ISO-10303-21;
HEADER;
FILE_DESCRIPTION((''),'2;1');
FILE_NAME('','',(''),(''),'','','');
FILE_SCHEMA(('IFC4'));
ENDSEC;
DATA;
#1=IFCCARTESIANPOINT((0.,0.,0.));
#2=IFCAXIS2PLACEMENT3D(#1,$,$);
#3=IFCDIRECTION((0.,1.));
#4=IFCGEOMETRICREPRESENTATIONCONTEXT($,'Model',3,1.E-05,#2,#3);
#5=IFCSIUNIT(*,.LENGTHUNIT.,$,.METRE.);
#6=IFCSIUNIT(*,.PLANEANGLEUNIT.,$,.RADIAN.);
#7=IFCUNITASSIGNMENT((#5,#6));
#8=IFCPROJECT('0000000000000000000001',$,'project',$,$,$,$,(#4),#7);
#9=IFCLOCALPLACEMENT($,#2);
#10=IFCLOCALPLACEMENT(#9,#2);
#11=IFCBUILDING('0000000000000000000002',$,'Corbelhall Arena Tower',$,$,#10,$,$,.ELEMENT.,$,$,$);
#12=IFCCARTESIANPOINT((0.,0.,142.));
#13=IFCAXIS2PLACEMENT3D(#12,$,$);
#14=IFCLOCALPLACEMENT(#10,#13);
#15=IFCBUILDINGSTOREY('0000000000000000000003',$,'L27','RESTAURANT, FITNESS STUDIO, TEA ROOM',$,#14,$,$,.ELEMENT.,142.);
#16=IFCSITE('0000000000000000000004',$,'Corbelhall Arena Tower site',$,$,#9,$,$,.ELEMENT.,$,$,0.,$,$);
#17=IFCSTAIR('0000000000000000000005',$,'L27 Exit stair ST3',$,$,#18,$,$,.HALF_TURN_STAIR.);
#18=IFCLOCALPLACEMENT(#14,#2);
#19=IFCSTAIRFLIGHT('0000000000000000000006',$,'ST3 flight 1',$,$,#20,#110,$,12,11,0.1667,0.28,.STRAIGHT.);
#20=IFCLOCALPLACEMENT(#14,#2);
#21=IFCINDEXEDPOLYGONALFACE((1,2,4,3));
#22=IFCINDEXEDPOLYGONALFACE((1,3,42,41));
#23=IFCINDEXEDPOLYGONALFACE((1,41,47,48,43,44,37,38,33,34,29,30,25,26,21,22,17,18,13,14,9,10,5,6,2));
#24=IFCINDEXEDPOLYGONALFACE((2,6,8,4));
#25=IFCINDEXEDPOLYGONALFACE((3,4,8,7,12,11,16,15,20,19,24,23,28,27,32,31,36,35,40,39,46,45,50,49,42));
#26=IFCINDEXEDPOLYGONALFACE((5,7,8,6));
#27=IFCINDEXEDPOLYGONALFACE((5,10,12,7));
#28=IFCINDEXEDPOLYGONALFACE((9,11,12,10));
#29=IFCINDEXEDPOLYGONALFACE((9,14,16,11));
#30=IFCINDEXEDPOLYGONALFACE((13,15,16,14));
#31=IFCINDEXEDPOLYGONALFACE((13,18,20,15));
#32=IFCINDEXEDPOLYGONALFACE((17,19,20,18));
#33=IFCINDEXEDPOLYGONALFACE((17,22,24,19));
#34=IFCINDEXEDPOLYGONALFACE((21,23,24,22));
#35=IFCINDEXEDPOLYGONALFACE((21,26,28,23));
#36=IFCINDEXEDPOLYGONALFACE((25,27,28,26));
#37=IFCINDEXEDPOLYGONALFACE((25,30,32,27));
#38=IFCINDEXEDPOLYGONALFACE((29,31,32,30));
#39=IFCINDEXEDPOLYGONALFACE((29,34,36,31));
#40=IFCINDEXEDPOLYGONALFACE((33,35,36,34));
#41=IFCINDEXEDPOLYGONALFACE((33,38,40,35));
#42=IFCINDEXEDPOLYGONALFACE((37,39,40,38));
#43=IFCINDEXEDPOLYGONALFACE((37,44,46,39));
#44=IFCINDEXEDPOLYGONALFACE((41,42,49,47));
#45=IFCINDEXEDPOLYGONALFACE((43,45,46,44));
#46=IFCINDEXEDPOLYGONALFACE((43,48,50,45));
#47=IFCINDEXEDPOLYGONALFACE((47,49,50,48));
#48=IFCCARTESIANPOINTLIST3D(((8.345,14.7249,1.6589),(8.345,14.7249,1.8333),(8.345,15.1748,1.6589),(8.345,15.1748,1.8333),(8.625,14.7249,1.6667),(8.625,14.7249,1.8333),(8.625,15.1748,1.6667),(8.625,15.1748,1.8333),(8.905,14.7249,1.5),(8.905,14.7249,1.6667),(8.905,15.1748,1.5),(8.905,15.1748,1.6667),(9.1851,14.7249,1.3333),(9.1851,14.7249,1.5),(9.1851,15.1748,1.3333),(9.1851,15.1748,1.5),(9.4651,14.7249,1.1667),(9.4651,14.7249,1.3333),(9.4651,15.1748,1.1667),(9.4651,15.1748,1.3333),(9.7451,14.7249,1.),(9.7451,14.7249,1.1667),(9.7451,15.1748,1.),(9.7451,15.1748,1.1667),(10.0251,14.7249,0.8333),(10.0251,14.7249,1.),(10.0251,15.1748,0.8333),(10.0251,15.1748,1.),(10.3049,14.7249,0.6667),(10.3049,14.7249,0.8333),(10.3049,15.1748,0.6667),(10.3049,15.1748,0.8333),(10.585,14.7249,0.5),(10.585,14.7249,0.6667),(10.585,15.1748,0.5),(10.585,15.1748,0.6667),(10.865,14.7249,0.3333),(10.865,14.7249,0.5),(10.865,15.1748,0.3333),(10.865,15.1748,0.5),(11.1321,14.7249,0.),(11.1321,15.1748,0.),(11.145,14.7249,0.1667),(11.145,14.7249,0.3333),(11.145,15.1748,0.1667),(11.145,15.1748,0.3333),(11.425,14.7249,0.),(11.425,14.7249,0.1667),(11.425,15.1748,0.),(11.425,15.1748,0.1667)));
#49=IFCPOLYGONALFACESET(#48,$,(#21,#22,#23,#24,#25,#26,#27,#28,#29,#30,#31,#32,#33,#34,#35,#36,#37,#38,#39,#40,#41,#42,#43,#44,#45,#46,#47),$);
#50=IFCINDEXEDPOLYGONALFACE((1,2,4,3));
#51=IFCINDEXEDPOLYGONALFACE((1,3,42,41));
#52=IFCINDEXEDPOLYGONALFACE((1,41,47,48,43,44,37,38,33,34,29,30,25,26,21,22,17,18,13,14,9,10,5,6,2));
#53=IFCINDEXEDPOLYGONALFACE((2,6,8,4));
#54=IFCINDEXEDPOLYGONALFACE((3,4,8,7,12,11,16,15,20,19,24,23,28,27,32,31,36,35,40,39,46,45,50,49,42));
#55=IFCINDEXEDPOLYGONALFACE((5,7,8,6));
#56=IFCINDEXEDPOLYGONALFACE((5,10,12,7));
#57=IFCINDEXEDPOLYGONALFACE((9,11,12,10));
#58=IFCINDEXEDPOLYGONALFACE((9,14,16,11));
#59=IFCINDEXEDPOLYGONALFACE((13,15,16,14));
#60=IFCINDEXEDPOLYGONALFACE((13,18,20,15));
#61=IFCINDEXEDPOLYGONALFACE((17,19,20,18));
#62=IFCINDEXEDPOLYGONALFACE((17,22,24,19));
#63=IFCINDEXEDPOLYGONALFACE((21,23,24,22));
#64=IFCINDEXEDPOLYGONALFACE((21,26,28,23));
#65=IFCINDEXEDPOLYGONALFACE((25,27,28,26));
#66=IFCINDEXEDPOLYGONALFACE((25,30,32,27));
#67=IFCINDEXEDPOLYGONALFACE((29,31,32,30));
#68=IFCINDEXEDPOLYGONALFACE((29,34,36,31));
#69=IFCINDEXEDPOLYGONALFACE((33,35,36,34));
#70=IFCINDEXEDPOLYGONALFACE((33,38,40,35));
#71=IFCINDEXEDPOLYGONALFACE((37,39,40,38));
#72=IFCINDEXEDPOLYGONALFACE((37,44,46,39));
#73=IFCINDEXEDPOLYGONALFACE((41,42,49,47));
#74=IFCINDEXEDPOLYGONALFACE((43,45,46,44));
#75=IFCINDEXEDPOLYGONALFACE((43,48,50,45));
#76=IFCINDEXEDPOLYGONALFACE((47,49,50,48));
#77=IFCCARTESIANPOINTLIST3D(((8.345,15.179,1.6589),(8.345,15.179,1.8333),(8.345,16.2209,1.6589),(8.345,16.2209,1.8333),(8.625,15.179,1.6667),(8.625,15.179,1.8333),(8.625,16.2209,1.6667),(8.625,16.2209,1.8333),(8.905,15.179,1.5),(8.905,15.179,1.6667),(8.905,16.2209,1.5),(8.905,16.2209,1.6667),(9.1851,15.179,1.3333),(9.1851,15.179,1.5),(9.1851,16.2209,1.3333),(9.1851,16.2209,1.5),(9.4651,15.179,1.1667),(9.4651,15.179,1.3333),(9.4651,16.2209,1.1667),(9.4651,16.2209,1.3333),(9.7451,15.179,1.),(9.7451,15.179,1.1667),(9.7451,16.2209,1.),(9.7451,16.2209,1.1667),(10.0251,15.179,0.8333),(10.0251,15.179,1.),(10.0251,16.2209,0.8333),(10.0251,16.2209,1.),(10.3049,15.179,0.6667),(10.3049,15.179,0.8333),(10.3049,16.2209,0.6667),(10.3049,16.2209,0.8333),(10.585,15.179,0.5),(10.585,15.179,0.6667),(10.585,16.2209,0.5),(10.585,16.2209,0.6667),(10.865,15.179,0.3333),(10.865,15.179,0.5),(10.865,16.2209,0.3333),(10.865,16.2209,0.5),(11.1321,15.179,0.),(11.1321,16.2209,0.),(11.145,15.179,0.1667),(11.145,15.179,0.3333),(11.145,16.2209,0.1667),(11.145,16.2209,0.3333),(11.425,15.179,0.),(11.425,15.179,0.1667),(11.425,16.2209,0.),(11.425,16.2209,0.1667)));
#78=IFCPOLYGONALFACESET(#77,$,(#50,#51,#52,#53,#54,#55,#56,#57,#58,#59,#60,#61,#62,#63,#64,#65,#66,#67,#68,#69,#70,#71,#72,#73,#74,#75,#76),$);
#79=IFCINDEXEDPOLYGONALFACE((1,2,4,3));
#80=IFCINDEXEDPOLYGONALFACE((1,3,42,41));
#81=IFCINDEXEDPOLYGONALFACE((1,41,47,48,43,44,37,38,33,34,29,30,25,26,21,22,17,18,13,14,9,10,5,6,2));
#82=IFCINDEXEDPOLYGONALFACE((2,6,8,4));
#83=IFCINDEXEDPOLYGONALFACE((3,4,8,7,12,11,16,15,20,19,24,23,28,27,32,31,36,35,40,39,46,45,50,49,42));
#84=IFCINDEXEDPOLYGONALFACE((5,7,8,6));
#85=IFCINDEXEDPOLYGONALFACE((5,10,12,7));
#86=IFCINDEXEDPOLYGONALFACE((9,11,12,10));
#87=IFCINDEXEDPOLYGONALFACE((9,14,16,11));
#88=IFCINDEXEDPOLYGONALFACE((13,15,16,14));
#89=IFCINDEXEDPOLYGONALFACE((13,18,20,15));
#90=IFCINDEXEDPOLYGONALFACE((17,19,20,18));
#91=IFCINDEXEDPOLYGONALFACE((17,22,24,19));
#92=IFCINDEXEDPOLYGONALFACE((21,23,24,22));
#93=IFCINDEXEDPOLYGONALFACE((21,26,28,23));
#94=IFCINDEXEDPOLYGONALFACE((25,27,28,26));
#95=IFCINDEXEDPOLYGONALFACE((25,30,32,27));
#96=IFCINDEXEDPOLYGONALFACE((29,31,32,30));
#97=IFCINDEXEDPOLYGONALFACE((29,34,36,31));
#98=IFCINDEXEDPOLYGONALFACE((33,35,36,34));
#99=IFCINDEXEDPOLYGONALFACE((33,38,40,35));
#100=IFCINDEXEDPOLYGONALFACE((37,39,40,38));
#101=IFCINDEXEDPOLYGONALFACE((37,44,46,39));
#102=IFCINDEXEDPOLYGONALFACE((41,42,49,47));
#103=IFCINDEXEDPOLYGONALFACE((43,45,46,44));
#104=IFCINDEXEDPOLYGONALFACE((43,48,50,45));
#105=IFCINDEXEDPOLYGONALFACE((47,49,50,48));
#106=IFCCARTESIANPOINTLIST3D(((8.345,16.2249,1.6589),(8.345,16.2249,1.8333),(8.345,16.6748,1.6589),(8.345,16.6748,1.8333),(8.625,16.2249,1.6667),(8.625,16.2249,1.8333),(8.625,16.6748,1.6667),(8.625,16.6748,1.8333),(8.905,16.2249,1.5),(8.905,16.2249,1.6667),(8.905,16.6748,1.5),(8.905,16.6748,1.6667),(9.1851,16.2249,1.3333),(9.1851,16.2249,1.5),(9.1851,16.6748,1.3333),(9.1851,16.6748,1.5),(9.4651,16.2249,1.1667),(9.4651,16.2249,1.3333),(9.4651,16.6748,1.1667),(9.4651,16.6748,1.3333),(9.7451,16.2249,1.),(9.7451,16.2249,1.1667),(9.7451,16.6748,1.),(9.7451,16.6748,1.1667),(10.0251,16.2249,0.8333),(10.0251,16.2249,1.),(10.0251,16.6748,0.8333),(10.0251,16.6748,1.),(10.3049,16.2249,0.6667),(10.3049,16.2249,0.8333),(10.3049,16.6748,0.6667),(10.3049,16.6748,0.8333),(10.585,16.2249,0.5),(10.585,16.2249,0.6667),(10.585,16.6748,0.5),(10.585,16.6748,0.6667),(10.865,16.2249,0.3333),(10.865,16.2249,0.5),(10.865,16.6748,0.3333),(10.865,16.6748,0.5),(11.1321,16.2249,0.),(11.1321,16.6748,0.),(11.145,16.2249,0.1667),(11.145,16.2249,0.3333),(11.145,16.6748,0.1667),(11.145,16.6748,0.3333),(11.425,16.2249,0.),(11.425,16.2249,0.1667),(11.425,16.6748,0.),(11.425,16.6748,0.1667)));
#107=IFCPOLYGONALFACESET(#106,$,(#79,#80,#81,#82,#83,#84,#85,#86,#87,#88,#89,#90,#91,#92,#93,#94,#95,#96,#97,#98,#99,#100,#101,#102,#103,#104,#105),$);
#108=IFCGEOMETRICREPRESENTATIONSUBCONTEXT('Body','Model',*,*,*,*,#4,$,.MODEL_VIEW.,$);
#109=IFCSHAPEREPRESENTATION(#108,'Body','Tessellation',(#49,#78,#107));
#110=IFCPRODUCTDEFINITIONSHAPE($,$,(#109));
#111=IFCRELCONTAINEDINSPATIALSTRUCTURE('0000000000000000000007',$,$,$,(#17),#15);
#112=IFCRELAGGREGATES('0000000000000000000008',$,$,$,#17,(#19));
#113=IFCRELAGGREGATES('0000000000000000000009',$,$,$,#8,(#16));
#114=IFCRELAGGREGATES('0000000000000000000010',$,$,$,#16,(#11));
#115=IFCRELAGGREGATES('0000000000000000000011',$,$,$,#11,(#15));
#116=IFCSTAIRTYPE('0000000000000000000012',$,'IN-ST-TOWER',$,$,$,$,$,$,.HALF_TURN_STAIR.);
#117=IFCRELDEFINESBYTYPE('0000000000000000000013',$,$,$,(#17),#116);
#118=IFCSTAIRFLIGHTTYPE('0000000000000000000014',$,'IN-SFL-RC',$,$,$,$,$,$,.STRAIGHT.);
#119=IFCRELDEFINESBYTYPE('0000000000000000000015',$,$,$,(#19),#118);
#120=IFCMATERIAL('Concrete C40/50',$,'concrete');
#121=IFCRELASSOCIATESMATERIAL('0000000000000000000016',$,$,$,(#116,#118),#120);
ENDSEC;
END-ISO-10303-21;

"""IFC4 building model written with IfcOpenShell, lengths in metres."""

from ifc_helpers import new_model, si_unit, direction, frame, origin, place, context, subcontext, project, spatial, polyline, outline, extrude, material, type_object, element, aggregate, save


model = new_model("IFC4")

# Units and contexts
model_context = context("Model", 3, precision=1e-05, world=origin(), true_north=direction((0.0, 1.0)))
body_context = subcontext(model_context, "Body", "Model", "MODEL_VIEW")
ifc_project = project(units=[si_unit("LENGTHUNIT", "METRE"), si_unit("PLANEANGLEUNIT", "RADIAN")], contexts=[model_context])

# Site, building, storey
site_placement = place(None, origin())
site = spatial("IfcSite", under=ifc_project, at=site_placement, Name="Corbelhall Arena Tower site", CompositionType="ELEMENT", RefElevation=0.0)
building_placement = place(site_placement, origin())
building = spatial("IfcBuilding", under=site, at=building_placement, Name="Corbelhall Arena Tower", CompositionType="ELEMENT")
storey_placement = place(building_placement, frame((0.0, 0.0, 142.0)))
storey = spatial("IfcBuildingStorey", under=building, at=storey_placement, Name="L27", Description="RESTAURANT, FITNESS STUDIO, TEA ROOM", CompositionType="ELEMENT", Elevation=142.0)

# Shared definitions
ifc_material_1 = material(Name="Concrete C40/50", Category="concrete")

# Stair, stair flight
stair_type = type_object("IfcStairType", Name="IN-ST-TOWER", PredefinedType="HALF_TURN_STAIR", material=ifc_material_1)
stair_placement = place(storey_placement, origin())
stair = element("IfcStair", 1, at=stair_placement, inside=storey, type_object=stair_type, Name="L27 Exit stair ST3", PredefinedType="HALF_TURN_STAIR")
stair_flight_type = type_object("IfcStairFlightType", Name="IN-SFL-RC", PredefinedType="STRAIGHT", material=ifc_material_1)
stair_flight_1_placement = place(storey_placement, frame((11.425, 15.7, 0.0), z_axis=(0.0, 0.0, 1.0), x_axis=(-1.0, 0.0, 0.0)))
stair_flight_1 = element("IfcStairFlight", 2, at=stair_flight_1_placement, type_object=stair_flight_type, Name="ST3 flight 1", NumberOfRisers=12, NumberOfTreads=11, PredefinedType="STRAIGHT", RiserHeight=0.1667, TreadLength=0.28, context=body_context, shape_type="SweptSolid", body=[
    extrude(outline(polyline([(0.0, 0.0), (0.0, 0.1667), (0.28, 0.1667), (0.28, 0.3333), (0.5601, 0.3333), (0.5601, 0.5), (0.8401, 0.5), (0.8401, 0.6667), (1.1201, 0.6667), (1.1201, 0.8333), (1.3999, 0.8333), (1.3999, 1.0), (1.6799, 1.0), (1.6799, 1.1667), (1.96, 1.1667), (1.96, 1.3333), (2.24, 1.3333), (2.24, 1.5), (2.52, 1.5), (2.52, 1.6667), (2.8, 1.6667), (2.8, 1.8333), (3.0801, 1.8333), (3.0801, 2.0), (3.0801, 1.6589), (0.293, 0.0), (0.0, 0.0)])), frame((0.0, 0.9751, 0.0), z_axis=(0.0, -1.0, 0.0), x_axis=(1.0, 0.0, 0.0)), (0.0, 0.0, 1.0), 0.45),
    extrude(outline(polyline([(0.0, 0.0), (0.0, 0.1667), (0.28, 0.1667), (0.28, 0.3333), (0.5601, 0.3333), (0.5601, 0.5), (0.8401, 0.5), (0.8401, 0.6667), (1.1201, 0.6667), (1.1201, 0.8333), (1.3999, 0.8333), (1.3999, 1.0), (1.6799, 1.0), (1.6799, 1.1667), (1.96, 1.1667), (1.96, 1.3333), (2.24, 1.3333), (2.24, 1.5), (2.52, 1.5), (2.52, 1.6667), (2.8, 1.6667), (2.8, 1.8333), (3.0801, 1.8333), (3.0801, 2.0), (3.0801, 1.6589), (0.293, 0.0), (0.0, 0.0)])), frame((0.0, 0.521, 0.0), z_axis=(0.0, -1.0, 0.0), x_axis=(1.0, 0.0, 0.0)), (0.0, 0.0, 1.0), 1.042),
    extrude(outline(polyline([(0.0, 0.0), (0.0, 0.1667), (0.28, 0.1667), (0.28, 0.3333), (0.5601, 0.3333), (0.5601, 0.5), (0.8401, 0.5), (0.8401, 0.6667), (1.1201, 0.6667), (1.1201, 0.8333), (1.3999, 0.8333), (1.3999, 1.0), (1.6799, 1.0), (1.6799, 1.1667), (1.96, 1.1667), (1.96, 1.3333), (2.24, 1.3333), (2.24, 1.5), (2.52, 1.5), (2.52, 1.6667), (2.8, 1.6667), (2.8, 1.8333), (3.0801, 1.8333), (3.0801, 2.0), (3.0801, 1.6589), (0.293, 0.0), (0.0, 0.0)])), frame((0.0, -0.5249, 0.0), z_axis=(0.0, -1.0, 0.0), x_axis=(1.0, 0.0, 0.0)), (0.0, 0.0, 1.0), 0.45),
])
aggregate(stair, [stair_flight_1])

save(model, "model.ifc")
